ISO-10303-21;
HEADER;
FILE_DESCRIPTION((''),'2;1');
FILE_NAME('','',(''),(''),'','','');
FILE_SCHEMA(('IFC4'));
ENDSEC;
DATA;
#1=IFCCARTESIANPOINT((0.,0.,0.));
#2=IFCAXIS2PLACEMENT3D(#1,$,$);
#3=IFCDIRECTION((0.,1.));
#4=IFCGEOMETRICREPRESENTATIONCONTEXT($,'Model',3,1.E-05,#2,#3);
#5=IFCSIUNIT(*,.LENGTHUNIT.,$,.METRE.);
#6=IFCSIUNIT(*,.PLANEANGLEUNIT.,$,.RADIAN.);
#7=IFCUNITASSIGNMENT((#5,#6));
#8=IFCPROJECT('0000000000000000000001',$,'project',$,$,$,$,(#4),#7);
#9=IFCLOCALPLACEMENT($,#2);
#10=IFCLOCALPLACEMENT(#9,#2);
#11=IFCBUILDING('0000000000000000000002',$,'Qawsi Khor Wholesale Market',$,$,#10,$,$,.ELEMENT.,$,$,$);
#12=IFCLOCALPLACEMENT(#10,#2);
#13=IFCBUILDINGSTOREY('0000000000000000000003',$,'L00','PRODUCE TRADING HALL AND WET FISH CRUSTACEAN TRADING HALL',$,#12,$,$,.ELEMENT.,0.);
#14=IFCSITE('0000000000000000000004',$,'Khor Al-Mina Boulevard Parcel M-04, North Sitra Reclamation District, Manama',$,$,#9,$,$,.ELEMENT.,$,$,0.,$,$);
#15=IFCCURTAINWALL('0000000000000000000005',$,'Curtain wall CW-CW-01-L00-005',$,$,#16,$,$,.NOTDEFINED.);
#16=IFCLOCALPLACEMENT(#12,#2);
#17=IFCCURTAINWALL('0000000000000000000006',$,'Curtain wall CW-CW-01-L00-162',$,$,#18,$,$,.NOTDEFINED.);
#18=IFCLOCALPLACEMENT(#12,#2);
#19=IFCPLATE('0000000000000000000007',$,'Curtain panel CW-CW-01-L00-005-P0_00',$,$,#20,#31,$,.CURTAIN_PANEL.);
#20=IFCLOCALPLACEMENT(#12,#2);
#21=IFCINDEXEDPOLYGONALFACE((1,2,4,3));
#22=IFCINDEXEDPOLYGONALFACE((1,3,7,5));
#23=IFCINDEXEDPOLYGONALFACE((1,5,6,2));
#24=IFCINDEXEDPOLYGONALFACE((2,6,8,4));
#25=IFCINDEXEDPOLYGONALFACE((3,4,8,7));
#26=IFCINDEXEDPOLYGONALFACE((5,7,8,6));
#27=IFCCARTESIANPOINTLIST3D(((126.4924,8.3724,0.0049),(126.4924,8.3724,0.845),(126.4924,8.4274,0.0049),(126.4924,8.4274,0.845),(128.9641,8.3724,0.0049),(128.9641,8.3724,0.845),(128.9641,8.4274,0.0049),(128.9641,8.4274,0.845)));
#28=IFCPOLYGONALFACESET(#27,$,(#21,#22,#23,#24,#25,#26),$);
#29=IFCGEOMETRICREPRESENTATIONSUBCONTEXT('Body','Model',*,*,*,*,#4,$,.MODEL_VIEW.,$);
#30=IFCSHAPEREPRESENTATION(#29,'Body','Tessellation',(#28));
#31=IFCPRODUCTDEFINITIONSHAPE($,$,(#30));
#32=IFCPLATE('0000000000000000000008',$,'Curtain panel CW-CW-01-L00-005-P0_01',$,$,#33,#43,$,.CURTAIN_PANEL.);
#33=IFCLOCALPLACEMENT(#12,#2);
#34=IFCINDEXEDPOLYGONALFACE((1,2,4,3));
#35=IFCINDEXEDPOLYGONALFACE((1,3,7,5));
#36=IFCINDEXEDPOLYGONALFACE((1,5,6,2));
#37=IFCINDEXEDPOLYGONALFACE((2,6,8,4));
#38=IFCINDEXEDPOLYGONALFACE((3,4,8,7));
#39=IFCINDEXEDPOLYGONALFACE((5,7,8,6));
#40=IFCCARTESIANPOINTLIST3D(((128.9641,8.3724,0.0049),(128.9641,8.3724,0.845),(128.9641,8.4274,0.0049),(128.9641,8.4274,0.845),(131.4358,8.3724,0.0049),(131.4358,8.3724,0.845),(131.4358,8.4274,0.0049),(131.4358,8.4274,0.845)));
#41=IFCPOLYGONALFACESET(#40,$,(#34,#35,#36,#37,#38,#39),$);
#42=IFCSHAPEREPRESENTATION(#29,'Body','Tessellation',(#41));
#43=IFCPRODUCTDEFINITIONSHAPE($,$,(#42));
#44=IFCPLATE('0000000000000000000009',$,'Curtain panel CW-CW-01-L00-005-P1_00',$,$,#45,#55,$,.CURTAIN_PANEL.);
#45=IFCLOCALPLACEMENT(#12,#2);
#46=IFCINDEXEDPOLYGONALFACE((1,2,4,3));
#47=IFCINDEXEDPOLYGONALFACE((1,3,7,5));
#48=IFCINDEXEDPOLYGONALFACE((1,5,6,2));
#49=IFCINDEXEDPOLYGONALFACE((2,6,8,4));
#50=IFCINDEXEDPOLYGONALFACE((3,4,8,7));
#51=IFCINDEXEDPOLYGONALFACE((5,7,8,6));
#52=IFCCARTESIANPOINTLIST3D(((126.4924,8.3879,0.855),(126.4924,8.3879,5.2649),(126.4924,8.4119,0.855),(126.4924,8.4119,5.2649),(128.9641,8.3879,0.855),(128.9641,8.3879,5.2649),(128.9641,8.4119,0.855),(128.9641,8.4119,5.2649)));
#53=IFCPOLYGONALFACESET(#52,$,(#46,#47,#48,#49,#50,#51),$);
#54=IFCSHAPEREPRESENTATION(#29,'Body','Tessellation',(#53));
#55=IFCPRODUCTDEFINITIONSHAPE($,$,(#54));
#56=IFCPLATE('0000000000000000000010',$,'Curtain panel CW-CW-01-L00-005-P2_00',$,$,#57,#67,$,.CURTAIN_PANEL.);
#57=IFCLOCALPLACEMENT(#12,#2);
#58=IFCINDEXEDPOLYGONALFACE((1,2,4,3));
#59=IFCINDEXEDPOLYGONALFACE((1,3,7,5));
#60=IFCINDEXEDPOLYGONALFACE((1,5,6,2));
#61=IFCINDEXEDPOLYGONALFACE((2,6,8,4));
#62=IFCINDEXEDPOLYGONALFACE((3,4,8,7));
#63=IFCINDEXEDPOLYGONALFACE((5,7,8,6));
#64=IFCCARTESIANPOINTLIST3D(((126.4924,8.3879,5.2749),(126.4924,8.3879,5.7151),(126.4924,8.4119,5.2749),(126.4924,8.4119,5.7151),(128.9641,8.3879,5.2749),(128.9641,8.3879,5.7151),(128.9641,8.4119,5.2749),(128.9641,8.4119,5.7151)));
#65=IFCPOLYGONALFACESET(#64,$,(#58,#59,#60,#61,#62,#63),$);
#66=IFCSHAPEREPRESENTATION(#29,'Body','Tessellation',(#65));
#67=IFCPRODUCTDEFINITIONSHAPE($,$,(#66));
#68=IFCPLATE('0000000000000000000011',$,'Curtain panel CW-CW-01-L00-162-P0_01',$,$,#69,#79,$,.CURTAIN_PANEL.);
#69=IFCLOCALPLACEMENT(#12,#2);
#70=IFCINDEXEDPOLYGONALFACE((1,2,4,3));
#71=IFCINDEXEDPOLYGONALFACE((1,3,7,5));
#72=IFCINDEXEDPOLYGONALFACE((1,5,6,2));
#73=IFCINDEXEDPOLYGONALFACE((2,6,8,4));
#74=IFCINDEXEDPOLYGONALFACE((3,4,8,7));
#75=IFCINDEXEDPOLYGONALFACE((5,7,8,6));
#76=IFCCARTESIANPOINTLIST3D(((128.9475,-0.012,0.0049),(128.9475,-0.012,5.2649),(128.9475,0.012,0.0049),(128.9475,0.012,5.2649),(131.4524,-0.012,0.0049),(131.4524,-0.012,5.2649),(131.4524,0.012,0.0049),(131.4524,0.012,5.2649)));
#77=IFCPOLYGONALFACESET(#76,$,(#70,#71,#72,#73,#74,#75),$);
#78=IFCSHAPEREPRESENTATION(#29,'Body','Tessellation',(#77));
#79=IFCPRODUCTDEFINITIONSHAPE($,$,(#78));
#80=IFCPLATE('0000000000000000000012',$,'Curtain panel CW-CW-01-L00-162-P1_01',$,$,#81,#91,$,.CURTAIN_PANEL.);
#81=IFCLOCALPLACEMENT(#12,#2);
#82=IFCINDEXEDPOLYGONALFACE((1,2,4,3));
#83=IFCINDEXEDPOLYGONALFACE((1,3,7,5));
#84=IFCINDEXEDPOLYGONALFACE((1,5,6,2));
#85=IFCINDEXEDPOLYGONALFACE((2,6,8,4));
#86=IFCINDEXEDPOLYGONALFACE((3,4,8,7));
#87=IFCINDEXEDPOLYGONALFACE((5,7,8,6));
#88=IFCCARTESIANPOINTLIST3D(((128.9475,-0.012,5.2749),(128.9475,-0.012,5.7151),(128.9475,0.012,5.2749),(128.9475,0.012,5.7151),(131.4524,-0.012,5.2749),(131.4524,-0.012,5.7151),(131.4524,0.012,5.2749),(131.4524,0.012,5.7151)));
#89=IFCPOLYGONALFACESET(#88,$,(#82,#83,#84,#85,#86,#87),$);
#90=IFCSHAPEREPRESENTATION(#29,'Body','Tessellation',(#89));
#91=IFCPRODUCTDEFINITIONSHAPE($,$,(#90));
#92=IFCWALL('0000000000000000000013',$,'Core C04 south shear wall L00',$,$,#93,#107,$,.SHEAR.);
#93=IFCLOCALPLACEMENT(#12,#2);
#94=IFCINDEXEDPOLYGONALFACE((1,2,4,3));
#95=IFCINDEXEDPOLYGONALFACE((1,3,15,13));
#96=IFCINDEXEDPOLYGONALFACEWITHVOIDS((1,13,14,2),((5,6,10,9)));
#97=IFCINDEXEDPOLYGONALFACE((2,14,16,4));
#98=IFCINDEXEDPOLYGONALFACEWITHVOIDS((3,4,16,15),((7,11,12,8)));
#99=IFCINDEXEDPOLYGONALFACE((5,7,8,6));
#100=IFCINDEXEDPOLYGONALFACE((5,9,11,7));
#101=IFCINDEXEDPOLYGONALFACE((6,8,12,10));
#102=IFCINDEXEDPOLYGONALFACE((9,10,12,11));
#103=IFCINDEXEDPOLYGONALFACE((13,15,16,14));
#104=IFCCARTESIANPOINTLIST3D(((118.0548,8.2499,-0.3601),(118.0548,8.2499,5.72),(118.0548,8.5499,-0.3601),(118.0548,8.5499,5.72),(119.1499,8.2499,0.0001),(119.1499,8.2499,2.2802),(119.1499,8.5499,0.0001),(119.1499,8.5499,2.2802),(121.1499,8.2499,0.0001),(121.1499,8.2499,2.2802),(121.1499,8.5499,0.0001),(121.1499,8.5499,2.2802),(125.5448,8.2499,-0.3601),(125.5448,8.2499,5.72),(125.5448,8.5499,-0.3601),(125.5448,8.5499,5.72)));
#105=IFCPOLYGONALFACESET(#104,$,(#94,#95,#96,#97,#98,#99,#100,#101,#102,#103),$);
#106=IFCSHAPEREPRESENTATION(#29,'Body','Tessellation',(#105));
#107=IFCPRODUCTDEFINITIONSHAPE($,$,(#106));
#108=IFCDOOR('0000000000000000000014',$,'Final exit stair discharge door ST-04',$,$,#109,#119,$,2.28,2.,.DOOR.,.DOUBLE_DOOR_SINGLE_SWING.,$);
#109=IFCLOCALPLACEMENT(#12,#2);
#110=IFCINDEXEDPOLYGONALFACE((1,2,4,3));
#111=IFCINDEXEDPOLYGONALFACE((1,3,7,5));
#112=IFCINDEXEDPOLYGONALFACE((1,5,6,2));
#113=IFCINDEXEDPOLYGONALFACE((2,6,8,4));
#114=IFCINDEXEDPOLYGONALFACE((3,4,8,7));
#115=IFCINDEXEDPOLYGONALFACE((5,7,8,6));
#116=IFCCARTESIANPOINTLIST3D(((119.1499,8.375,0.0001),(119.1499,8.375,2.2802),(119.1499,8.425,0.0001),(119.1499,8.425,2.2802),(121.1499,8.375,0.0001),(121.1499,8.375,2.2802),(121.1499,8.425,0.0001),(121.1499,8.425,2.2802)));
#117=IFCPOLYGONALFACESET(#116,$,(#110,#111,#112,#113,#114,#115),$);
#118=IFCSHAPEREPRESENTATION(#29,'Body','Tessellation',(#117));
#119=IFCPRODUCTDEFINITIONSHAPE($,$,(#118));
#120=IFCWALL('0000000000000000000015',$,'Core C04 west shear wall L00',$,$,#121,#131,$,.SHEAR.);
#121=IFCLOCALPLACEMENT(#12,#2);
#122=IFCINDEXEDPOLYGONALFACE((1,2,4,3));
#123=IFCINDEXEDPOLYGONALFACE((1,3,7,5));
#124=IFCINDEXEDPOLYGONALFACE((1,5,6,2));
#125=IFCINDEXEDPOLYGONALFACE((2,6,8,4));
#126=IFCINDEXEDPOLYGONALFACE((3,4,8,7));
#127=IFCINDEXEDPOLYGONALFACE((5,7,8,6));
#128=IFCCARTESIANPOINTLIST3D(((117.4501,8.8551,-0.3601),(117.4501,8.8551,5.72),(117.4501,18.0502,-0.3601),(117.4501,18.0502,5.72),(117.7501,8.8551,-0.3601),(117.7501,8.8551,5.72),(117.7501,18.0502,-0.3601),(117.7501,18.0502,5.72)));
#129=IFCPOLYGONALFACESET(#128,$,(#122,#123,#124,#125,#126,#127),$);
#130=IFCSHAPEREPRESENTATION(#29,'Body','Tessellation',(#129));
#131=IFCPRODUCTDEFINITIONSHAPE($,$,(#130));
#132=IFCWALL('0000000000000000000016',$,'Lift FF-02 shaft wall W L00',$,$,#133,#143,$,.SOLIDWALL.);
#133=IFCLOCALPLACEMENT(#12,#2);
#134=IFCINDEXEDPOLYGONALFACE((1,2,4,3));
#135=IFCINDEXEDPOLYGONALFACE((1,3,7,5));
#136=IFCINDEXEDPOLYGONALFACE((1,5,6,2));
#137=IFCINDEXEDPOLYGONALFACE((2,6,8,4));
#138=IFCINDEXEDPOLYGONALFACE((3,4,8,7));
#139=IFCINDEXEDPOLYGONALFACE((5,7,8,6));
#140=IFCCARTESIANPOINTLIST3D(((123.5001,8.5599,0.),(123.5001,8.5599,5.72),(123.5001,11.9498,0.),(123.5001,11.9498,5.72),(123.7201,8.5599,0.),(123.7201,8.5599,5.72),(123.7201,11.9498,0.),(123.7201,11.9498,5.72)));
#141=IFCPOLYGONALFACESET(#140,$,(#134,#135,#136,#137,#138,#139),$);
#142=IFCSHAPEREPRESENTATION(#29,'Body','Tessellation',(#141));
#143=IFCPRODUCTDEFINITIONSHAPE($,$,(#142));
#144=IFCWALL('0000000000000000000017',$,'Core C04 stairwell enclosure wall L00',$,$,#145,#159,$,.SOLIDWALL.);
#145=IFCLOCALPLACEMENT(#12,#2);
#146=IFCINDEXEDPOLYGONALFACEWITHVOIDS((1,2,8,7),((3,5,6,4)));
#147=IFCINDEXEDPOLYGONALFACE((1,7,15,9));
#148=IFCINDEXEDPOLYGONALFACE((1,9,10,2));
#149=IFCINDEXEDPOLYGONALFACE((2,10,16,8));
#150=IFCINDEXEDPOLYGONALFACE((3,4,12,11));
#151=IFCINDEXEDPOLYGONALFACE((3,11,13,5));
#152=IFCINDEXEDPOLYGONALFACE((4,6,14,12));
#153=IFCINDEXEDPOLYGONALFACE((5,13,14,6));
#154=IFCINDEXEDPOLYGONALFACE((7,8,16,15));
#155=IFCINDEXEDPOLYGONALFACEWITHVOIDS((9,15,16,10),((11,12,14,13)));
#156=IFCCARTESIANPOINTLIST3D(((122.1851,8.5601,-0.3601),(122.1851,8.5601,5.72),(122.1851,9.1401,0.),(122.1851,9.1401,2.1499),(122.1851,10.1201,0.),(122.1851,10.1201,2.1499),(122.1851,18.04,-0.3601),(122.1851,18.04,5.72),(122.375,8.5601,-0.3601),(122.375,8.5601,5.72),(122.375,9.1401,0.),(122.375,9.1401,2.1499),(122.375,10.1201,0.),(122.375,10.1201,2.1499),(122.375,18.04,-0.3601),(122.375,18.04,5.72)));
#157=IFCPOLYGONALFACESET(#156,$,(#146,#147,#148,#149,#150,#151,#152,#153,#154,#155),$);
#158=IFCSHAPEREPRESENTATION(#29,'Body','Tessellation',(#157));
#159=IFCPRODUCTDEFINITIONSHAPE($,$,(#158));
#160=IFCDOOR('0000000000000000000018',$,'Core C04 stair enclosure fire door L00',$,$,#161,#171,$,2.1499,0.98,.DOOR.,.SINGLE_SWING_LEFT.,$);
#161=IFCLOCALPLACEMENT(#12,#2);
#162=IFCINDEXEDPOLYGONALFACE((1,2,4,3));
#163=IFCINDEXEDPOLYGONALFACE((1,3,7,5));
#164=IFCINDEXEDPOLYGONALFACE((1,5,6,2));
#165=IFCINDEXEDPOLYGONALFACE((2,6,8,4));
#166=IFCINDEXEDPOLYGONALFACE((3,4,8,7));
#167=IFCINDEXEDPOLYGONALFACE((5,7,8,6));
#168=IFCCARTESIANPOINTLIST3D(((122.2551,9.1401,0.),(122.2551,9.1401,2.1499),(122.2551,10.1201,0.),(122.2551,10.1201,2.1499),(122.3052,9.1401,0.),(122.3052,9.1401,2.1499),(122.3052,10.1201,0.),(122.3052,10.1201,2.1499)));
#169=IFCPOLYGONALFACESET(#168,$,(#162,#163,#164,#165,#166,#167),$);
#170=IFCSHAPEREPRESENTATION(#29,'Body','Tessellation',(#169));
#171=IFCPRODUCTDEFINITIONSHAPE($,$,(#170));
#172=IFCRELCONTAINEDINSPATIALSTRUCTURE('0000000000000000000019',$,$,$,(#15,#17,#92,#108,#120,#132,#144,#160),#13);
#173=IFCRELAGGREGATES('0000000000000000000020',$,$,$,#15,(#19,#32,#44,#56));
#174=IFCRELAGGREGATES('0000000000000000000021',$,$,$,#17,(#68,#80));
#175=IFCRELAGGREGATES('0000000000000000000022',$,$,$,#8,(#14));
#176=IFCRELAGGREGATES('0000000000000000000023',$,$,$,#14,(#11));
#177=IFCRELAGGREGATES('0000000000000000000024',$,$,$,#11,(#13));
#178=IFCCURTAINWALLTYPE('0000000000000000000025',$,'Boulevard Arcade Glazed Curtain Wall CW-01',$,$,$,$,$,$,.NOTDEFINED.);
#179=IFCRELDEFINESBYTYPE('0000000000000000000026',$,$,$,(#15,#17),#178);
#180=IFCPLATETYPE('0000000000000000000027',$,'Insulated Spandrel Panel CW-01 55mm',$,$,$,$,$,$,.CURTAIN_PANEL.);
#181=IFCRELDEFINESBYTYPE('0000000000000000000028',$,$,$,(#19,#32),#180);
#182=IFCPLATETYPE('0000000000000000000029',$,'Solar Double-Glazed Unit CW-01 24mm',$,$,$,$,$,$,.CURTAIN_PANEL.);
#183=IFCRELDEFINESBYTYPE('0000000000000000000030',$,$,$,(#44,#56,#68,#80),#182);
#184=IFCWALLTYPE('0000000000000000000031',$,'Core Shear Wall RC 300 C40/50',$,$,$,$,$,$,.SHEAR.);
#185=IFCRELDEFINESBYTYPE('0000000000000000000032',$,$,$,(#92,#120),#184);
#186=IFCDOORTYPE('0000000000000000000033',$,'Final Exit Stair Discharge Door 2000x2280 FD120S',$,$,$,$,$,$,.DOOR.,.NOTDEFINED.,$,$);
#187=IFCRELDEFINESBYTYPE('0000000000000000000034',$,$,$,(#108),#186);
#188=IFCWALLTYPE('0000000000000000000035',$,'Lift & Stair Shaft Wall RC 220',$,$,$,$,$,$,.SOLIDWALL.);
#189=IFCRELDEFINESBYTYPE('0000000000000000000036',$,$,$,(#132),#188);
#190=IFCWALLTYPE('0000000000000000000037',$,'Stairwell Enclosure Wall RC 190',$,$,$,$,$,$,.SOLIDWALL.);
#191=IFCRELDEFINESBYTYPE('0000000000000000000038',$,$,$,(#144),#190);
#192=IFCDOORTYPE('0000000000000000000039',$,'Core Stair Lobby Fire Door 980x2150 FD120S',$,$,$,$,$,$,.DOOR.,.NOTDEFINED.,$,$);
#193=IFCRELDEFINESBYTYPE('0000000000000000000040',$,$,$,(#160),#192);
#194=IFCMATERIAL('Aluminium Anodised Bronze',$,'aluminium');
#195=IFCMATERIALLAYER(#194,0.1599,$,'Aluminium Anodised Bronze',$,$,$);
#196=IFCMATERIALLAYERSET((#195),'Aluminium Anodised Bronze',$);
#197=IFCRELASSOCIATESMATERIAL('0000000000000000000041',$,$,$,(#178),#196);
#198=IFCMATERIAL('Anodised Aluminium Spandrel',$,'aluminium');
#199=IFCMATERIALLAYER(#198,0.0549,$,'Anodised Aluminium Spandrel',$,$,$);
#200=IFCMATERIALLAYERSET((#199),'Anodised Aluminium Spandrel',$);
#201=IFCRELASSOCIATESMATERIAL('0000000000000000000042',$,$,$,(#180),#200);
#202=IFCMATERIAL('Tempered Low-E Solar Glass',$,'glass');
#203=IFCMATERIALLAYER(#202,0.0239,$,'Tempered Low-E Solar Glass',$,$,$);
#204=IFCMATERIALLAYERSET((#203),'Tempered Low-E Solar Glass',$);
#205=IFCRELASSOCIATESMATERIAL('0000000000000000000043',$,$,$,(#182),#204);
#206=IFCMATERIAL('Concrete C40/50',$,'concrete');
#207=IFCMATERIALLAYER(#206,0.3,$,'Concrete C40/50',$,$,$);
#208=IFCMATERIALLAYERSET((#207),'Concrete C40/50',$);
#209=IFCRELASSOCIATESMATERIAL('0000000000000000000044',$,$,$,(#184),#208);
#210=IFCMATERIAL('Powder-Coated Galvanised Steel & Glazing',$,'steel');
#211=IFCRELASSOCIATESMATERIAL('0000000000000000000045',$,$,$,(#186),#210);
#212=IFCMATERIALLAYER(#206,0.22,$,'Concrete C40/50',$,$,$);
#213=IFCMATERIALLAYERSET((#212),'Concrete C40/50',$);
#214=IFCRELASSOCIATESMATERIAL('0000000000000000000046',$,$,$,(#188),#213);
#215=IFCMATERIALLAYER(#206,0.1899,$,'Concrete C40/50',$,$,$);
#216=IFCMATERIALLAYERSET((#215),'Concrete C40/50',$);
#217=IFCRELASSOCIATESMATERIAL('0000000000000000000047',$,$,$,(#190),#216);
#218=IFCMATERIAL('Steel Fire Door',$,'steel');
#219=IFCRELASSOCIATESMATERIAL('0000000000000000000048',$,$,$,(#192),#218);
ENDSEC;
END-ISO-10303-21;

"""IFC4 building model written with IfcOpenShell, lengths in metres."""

from ifc_helpers import new_model, si_unit, direction, frame, frame_2d, origin, place, context, subcontext, project, spatial, rectangle, extrude, material, layer, layer_set, type_object, element, fill, aggregate, save


model = new_model("IFC4")

# Units and contexts
model_context = context("Model", 3, precision=1e-05, world=origin(), true_north=direction((0.0, 1.0)))
body_context = subcontext(model_context, "Body", "Model", "MODEL_VIEW")
ifc_project = project(units=[si_unit("LENGTHUNIT", "METRE"), si_unit("PLANEANGLEUNIT", "RADIAN")], contexts=[model_context])

# Site, building, storey
site_placement = place(None, origin())
site = spatial("IfcSite", under=ifc_project, at=site_placement, Name="Khor Al-Mina Boulevard Parcel M-04, North Sitra Reclamation District, Manama", CompositionType="ELEMENT", RefElevation=0.0)
building_placement = place(site_placement, origin())
building = spatial("IfcBuilding", under=site, at=building_placement, Name="Qawsi Khor Wholesale Market", CompositionType="ELEMENT")
storey_placement = place(building_placement, origin())
storey = spatial("IfcBuildingStorey", under=building, at=storey_placement, Name="L00", Description="PRODUCE TRADING HALL AND WET FISH CRUSTACEAN TRADING HALL", CompositionType="ELEMENT", Elevation=0.0)

# Shared definitions
ifc_material_1 = material(Name="Concrete C40/50", Category="concrete")

# Curtain walls
ifc_material_2 = material(Name="Aluminium Anodised Bronze", Category="aluminium")
ifc_layer_1 = layer(ifc_material_2, 0.1599, Name="Aluminium Anodised Bronze")
ifc_layer_set_1 = layer_set([ifc_layer_1], Name="Aluminium Anodised Bronze")
curtain_wall_type = type_object("IfcCurtainWallType", Name="Boulevard Arcade Glazed Curtain Wall CW-01", PredefinedType="NOTDEFINED", material=ifc_layer_set_1)
curtain_wall_1_placement = place(storey_placement, origin())
curtain_wall_1 = element("IfcCurtainWall", 1, at=curtain_wall_1_placement, inside=storey, type_object=curtain_wall_type, Name="Curtain wall CW-CW-01-L00-005", PredefinedType="NOTDEFINED")
curtain_wall_2_placement = place(storey_placement, origin())
curtain_wall_2 = element("IfcCurtainWall", 2, at=curtain_wall_2_placement, inside=storey, type_object=curtain_wall_type, Name="Curtain wall CW-CW-01-L00-162", PredefinedType="NOTDEFINED")

# Plates
ifc_material_3 = material(Name="Anodised Aluminium Spandrel", Category="aluminium")
ifc_layer_2 = layer(ifc_material_3, 0.0549, Name="Anodised Aluminium Spandrel")
ifc_layer_set_2 = layer_set([ifc_layer_2], Name="Anodised Aluminium Spandrel")
plate_type_1 = type_object("IfcPlateType", Name="Insulated Spandrel Panel CW-01 55mm", PredefinedType="CURTAIN_PANEL", material=ifc_layer_set_2)
plate_1_placement = place(storey_placement, frame((126.4924, 8.3999, 0.0049), z_axis=(0.0, 0.0, 1.0), x_axis=(1.0, 0.0, 0.0)))
plate_1 = element("IfcPlate", 3, at=plate_1_placement, type_object=plate_type_1, Name="Curtain panel CW-CW-01-L00-005-P0_00", PredefinedType="CURTAIN_PANEL", context=body_context, shape_type="SweptSolid", body=[
    extrude(rectangle(XDim=2.4717, YDim=0.0549, at=frame_2d((1.2358, 0.0))), origin(), (0.0, 0.0, 1.0), 0.8401),
])
plate_2_placement = place(storey_placement, frame((128.9641, 8.3999, 0.0049), z_axis=(0.0, 0.0, 1.0), x_axis=(1.0, 0.0, 0.0)))
plate_2 = element("IfcPlate", 4, at=plate_2_placement, type_object=plate_type_1, Name="Curtain panel CW-CW-01-L00-005-P0_01", PredefinedType="CURTAIN_PANEL", context=body_context, shape_type="SweptSolid", body=[
    extrude(rectangle(XDim=2.4717, YDim=0.0549, at=frame_2d((1.2358, 0.0))), origin(), (0.0, 0.0, 1.0), 0.8401),
])
ifc_material_4 = material(Name="Tempered Low-E Solar Glass", Category="glass")
ifc_layer_3 = layer(ifc_material_4, 0.0239, Name="Tempered Low-E Solar Glass")
ifc_layer_set_3 = layer_set([ifc_layer_3], Name="Tempered Low-E Solar Glass")
plate_type_2 = type_object("IfcPlateType", Name="Solar Double-Glazed Unit CW-01 24mm", PredefinedType="CURTAIN_PANEL", material=ifc_layer_set_3)
plate_3_placement = place(storey_placement, frame((126.4924, 8.3999, 0.855), z_axis=(0.0, 0.0, 1.0), x_axis=(1.0, 0.0, 0.0)))
plate_3 = element("IfcPlate", 5, at=plate_3_placement, type_object=plate_type_2, Name="Curtain panel CW-CW-01-L00-005-P1_00", PredefinedType="CURTAIN_PANEL", context=body_context, shape_type="SweptSolid", body=[
    extrude(rectangle(XDim=2.4717, YDim=0.0239, at=frame_2d((1.2358, 0.0))), origin(), (0.0, 0.0, 1.0), 4.4099),
])
plate_4_placement = place(storey_placement, frame((126.4924, 8.3999, 5.2749), z_axis=(0.0, 0.0, 1.0), x_axis=(1.0, 0.0, 0.0)))
plate_4 = element("IfcPlate", 6, at=plate_4_placement, type_object=plate_type_2, Name="Curtain panel CW-CW-01-L00-005-P2_00", PredefinedType="CURTAIN_PANEL", context=body_context, shape_type="SweptSolid", body=[
    extrude(rectangle(XDim=2.4717, YDim=0.0239, at=frame_2d((1.2358, 0.0))), origin(), (0.0, 0.0, 1.0), 0.4402),
])
aggregate(curtain_wall_1, [plate_1, plate_2, plate_3, plate_4])
plate_5_placement = place(storey_placement, frame((128.9475, 0.0, 0.0049), z_axis=(0.0, 0.0, 1.0), x_axis=(1.0, 0.0, 0.0)))
plate_5 = element("IfcPlate", 7, at=plate_5_placement, type_object=plate_type_2, Name="Curtain panel CW-CW-01-L00-162-P0_01", PredefinedType="CURTAIN_PANEL", context=body_context, shape_type="SweptSolid", body=[
    extrude(rectangle(XDim=2.5049, YDim=0.0239, at=frame_2d((1.2524, 0.0))), origin(), (0.0, 0.0, 1.0), 5.26),
])
plate_6_placement = place(storey_placement, frame((128.9475, 0.0, 5.2749), z_axis=(0.0, 0.0, 1.0), x_axis=(1.0, 0.0, 0.0)))
plate_6 = element("IfcPlate", 8, at=plate_6_placement, type_object=plate_type_2, Name="Curtain panel CW-CW-01-L00-162-P1_01", PredefinedType="CURTAIN_PANEL", context=body_context, shape_type="SweptSolid", body=[
    extrude(rectangle(XDim=2.5049, YDim=0.0239, at=frame_2d((1.2524, 0.0))), origin(), (0.0, 0.0, 1.0), 0.4402),
])
aggregate(curtain_wall_2, [plate_5, plate_6])

# Wall, opening, door
ifc_layer_4 = layer(ifc_material_1, 0.3, Name="Concrete C40/50")
ifc_layer_set_4 = layer_set([ifc_layer_4], Name="Concrete C40/50")
wall_type_1 = type_object("IfcWallType", Name="Core Shear Wall RC 300 C40/50", PredefinedType="SHEAR", material=ifc_layer_set_4)
wall_1_placement = place(storey_placement, frame((125.5449, 8.3999, -0.3601), z_axis=(0.0, 0.0, 1.0), x_axis=(-1.0, 0.0, 0.0)))
wall_1 = element("IfcWall", 9, at=wall_1_placement, inside=storey, type_object=wall_type_1, Name="Core C04 south shear wall L00", PredefinedType="SHEAR", context=body_context, shape_type="SweptSolid", body=[
    extrude(rectangle(XDim=7.49, YDim=0.3, at=frame_2d((3.7451, 0.0))), origin(), (0.0, 0.0, 1.0), 6.0801),
])
opening_1_placement = place(wall_1_placement, frame((4.395, 0.0, 0.3601)))
opening_1 = element("IfcOpeningElement", 10, at=opening_1_placement, cuts=wall_1, PredefinedType="OPENING", context=body_context, shape_type="SweptSolid", body=[
    extrude(rectangle(XDim=2.0, YDim=2.28, at=frame_2d((1.0, 1.1401))), frame((0.0, 0.1599, 0.0), z_axis=(0.0, -1.0, 0.0), x_axis=(1.0, 0.0, 0.0)), (0.0, 0.0, 1.0), 0.3201),
])
ifc_material_5 = material(Name="Powder-Coated Galvanised Steel & Glazing", Category="steel")
door_type_1 = type_object("IfcDoorType", Name="Final Exit Stair Discharge Door 2000x2280 FD120S", OperationType="NOTDEFINED", PredefinedType="DOOR", material=ifc_material_5)
door_1_placement = place(opening_1_placement, origin())
door_1 = element("IfcDoor", 11, at=door_1_placement, inside=storey, type_object=door_type_1, Name="Final exit stair discharge door ST-04", OperationType="DOUBLE_DOOR_SINGLE_SWING", OverallHeight=2.28, OverallWidth=2.0, PredefinedType="DOOR", context=body_context, shape_type="SweptSolid", body=[
    extrude(rectangle(XDim=2.0, YDim=2.28, at=frame_2d((1.0, 1.1401))), frame((0.0, 0.0249, 0.0), z_axis=(0.0, -1.0, 0.0), x_axis=(1.0, 0.0, 0.0)), (0.0, 0.0, 1.0), 0.05),
])
fill(opening_1, door_1)

# Walls
wall_2_placement = place(storey_placement, frame((117.6001, 8.855, -0.3601), z_axis=(0.0, 0.0, 1.0), x_axis=(0.0, 1.0, 0.0)))
element("IfcWall", 12, at=wall_2_placement, inside=storey, type_object=wall_type_1, Name="Core C04 west shear wall L00", PredefinedType="SHEAR", context=body_context, shape_type="SweptSolid", body=[
    extrude(rectangle(XDim=9.1951, YDim=0.3, at=frame_2d((4.5977, 0.0))), origin(), (0.0, 0.0, 1.0), 6.0801),
])
ifc_layer_5 = layer(ifc_material_1, 0.22, Name="Concrete C40/50")
ifc_layer_set_5 = layer_set([ifc_layer_5], Name="Concrete C40/50")
wall_type_2 = type_object("IfcWallType", Name="Lift & Stair Shaft Wall RC 220", PredefinedType="SOLIDWALL", material=ifc_layer_set_5)
wall_3_placement = place(storey_placement, frame((123.6101, 8.5601, 0.0), z_axis=(0.0, 0.0, 1.0), x_axis=(0.0, 1.0, 0.0)))
element("IfcWall", 13, at=wall_3_placement, inside=storey, type_object=wall_type_2, Name="Lift FF-02 shaft wall W L00", PredefinedType="SOLIDWALL", context=body_context, shape_type="SweptSolid", body=[
    extrude(rectangle(XDim=3.3899, YDim=0.22, at=frame_2d((1.6948, 0.0))), origin(), (0.0, 0.0, 1.0), 5.72),
])

# Wall, opening, door
ifc_layer_6 = layer(ifc_material_1, 0.1899, Name="Concrete C40/50")
ifc_layer_set_6 = layer_set([ifc_layer_6], Name="Concrete C40/50")
wall_type_3 = type_object("IfcWallType", Name="Stairwell Enclosure Wall RC 190", PredefinedType="SOLIDWALL", material=ifc_layer_set_6)
wall_4_placement = place(storey_placement, frame((122.28, 8.5601, -0.3601), z_axis=(0.0, 0.0, 1.0), x_axis=(0.0, 1.0, 0.0)))
wall_4 = element("IfcWall", 14, at=wall_4_placement, inside=storey, type_object=wall_type_3, Name="Core C04 stairwell enclosure wall L00", PredefinedType="SOLIDWALL", context=body_context, shape_type="SweptSolid", body=[
    extrude(rectangle(XDim=9.48, YDim=0.1899, at=frame_2d((4.74, 0.0))), origin(), (0.0, 0.0, 1.0), 6.0801),
])
opening_2_placement = place(wall_4_placement, frame((0.5801, 0.0, 0.3601)))
opening_2 = element("IfcOpeningElement", 15, at=opening_2_placement, cuts=wall_4, PredefinedType="OPENING", context=body_context, shape_type="SweptSolid", body=[
    extrude(rectangle(XDim=0.98, YDim=2.1499, at=frame_2d((0.49, 1.075))), frame((0.0, 0.105, 0.0), z_axis=(0.0, -1.0, 0.0), x_axis=(1.0, 0.0, 0.0)), (0.0, 0.0, 1.0), 0.21),
])
ifc_material_6 = material(Name="Steel Fire Door", Category="steel")
door_type_2 = type_object("IfcDoorType", Name="Core Stair Lobby Fire Door 980x2150 FD120S", OperationType="NOTDEFINED", PredefinedType="DOOR", material=ifc_material_6)
door_2_placement = place(opening_2_placement, origin())
door_2 = element("IfcDoor", 16, at=door_2_placement, inside=storey, type_object=door_type_2, Name="Core C04 stair enclosure fire door L00", OperationType="SINGLE_SWING_LEFT", OverallHeight=2.1499, OverallWidth=0.98, PredefinedType="DOOR", context=body_context, shape_type="SweptSolid", body=[
    extrude(rectangle(XDim=0.98, YDim=2.1499, at=frame_2d((0.49, 1.075))), frame((0.0, 0.0249, 0.0), z_axis=(0.0, -1.0, 0.0), x_axis=(1.0, 0.0, 0.0)), (0.0, 0.0, 1.0), 0.05),
])
fill(opening_2, door_2)

save(model, "model.ifc")
